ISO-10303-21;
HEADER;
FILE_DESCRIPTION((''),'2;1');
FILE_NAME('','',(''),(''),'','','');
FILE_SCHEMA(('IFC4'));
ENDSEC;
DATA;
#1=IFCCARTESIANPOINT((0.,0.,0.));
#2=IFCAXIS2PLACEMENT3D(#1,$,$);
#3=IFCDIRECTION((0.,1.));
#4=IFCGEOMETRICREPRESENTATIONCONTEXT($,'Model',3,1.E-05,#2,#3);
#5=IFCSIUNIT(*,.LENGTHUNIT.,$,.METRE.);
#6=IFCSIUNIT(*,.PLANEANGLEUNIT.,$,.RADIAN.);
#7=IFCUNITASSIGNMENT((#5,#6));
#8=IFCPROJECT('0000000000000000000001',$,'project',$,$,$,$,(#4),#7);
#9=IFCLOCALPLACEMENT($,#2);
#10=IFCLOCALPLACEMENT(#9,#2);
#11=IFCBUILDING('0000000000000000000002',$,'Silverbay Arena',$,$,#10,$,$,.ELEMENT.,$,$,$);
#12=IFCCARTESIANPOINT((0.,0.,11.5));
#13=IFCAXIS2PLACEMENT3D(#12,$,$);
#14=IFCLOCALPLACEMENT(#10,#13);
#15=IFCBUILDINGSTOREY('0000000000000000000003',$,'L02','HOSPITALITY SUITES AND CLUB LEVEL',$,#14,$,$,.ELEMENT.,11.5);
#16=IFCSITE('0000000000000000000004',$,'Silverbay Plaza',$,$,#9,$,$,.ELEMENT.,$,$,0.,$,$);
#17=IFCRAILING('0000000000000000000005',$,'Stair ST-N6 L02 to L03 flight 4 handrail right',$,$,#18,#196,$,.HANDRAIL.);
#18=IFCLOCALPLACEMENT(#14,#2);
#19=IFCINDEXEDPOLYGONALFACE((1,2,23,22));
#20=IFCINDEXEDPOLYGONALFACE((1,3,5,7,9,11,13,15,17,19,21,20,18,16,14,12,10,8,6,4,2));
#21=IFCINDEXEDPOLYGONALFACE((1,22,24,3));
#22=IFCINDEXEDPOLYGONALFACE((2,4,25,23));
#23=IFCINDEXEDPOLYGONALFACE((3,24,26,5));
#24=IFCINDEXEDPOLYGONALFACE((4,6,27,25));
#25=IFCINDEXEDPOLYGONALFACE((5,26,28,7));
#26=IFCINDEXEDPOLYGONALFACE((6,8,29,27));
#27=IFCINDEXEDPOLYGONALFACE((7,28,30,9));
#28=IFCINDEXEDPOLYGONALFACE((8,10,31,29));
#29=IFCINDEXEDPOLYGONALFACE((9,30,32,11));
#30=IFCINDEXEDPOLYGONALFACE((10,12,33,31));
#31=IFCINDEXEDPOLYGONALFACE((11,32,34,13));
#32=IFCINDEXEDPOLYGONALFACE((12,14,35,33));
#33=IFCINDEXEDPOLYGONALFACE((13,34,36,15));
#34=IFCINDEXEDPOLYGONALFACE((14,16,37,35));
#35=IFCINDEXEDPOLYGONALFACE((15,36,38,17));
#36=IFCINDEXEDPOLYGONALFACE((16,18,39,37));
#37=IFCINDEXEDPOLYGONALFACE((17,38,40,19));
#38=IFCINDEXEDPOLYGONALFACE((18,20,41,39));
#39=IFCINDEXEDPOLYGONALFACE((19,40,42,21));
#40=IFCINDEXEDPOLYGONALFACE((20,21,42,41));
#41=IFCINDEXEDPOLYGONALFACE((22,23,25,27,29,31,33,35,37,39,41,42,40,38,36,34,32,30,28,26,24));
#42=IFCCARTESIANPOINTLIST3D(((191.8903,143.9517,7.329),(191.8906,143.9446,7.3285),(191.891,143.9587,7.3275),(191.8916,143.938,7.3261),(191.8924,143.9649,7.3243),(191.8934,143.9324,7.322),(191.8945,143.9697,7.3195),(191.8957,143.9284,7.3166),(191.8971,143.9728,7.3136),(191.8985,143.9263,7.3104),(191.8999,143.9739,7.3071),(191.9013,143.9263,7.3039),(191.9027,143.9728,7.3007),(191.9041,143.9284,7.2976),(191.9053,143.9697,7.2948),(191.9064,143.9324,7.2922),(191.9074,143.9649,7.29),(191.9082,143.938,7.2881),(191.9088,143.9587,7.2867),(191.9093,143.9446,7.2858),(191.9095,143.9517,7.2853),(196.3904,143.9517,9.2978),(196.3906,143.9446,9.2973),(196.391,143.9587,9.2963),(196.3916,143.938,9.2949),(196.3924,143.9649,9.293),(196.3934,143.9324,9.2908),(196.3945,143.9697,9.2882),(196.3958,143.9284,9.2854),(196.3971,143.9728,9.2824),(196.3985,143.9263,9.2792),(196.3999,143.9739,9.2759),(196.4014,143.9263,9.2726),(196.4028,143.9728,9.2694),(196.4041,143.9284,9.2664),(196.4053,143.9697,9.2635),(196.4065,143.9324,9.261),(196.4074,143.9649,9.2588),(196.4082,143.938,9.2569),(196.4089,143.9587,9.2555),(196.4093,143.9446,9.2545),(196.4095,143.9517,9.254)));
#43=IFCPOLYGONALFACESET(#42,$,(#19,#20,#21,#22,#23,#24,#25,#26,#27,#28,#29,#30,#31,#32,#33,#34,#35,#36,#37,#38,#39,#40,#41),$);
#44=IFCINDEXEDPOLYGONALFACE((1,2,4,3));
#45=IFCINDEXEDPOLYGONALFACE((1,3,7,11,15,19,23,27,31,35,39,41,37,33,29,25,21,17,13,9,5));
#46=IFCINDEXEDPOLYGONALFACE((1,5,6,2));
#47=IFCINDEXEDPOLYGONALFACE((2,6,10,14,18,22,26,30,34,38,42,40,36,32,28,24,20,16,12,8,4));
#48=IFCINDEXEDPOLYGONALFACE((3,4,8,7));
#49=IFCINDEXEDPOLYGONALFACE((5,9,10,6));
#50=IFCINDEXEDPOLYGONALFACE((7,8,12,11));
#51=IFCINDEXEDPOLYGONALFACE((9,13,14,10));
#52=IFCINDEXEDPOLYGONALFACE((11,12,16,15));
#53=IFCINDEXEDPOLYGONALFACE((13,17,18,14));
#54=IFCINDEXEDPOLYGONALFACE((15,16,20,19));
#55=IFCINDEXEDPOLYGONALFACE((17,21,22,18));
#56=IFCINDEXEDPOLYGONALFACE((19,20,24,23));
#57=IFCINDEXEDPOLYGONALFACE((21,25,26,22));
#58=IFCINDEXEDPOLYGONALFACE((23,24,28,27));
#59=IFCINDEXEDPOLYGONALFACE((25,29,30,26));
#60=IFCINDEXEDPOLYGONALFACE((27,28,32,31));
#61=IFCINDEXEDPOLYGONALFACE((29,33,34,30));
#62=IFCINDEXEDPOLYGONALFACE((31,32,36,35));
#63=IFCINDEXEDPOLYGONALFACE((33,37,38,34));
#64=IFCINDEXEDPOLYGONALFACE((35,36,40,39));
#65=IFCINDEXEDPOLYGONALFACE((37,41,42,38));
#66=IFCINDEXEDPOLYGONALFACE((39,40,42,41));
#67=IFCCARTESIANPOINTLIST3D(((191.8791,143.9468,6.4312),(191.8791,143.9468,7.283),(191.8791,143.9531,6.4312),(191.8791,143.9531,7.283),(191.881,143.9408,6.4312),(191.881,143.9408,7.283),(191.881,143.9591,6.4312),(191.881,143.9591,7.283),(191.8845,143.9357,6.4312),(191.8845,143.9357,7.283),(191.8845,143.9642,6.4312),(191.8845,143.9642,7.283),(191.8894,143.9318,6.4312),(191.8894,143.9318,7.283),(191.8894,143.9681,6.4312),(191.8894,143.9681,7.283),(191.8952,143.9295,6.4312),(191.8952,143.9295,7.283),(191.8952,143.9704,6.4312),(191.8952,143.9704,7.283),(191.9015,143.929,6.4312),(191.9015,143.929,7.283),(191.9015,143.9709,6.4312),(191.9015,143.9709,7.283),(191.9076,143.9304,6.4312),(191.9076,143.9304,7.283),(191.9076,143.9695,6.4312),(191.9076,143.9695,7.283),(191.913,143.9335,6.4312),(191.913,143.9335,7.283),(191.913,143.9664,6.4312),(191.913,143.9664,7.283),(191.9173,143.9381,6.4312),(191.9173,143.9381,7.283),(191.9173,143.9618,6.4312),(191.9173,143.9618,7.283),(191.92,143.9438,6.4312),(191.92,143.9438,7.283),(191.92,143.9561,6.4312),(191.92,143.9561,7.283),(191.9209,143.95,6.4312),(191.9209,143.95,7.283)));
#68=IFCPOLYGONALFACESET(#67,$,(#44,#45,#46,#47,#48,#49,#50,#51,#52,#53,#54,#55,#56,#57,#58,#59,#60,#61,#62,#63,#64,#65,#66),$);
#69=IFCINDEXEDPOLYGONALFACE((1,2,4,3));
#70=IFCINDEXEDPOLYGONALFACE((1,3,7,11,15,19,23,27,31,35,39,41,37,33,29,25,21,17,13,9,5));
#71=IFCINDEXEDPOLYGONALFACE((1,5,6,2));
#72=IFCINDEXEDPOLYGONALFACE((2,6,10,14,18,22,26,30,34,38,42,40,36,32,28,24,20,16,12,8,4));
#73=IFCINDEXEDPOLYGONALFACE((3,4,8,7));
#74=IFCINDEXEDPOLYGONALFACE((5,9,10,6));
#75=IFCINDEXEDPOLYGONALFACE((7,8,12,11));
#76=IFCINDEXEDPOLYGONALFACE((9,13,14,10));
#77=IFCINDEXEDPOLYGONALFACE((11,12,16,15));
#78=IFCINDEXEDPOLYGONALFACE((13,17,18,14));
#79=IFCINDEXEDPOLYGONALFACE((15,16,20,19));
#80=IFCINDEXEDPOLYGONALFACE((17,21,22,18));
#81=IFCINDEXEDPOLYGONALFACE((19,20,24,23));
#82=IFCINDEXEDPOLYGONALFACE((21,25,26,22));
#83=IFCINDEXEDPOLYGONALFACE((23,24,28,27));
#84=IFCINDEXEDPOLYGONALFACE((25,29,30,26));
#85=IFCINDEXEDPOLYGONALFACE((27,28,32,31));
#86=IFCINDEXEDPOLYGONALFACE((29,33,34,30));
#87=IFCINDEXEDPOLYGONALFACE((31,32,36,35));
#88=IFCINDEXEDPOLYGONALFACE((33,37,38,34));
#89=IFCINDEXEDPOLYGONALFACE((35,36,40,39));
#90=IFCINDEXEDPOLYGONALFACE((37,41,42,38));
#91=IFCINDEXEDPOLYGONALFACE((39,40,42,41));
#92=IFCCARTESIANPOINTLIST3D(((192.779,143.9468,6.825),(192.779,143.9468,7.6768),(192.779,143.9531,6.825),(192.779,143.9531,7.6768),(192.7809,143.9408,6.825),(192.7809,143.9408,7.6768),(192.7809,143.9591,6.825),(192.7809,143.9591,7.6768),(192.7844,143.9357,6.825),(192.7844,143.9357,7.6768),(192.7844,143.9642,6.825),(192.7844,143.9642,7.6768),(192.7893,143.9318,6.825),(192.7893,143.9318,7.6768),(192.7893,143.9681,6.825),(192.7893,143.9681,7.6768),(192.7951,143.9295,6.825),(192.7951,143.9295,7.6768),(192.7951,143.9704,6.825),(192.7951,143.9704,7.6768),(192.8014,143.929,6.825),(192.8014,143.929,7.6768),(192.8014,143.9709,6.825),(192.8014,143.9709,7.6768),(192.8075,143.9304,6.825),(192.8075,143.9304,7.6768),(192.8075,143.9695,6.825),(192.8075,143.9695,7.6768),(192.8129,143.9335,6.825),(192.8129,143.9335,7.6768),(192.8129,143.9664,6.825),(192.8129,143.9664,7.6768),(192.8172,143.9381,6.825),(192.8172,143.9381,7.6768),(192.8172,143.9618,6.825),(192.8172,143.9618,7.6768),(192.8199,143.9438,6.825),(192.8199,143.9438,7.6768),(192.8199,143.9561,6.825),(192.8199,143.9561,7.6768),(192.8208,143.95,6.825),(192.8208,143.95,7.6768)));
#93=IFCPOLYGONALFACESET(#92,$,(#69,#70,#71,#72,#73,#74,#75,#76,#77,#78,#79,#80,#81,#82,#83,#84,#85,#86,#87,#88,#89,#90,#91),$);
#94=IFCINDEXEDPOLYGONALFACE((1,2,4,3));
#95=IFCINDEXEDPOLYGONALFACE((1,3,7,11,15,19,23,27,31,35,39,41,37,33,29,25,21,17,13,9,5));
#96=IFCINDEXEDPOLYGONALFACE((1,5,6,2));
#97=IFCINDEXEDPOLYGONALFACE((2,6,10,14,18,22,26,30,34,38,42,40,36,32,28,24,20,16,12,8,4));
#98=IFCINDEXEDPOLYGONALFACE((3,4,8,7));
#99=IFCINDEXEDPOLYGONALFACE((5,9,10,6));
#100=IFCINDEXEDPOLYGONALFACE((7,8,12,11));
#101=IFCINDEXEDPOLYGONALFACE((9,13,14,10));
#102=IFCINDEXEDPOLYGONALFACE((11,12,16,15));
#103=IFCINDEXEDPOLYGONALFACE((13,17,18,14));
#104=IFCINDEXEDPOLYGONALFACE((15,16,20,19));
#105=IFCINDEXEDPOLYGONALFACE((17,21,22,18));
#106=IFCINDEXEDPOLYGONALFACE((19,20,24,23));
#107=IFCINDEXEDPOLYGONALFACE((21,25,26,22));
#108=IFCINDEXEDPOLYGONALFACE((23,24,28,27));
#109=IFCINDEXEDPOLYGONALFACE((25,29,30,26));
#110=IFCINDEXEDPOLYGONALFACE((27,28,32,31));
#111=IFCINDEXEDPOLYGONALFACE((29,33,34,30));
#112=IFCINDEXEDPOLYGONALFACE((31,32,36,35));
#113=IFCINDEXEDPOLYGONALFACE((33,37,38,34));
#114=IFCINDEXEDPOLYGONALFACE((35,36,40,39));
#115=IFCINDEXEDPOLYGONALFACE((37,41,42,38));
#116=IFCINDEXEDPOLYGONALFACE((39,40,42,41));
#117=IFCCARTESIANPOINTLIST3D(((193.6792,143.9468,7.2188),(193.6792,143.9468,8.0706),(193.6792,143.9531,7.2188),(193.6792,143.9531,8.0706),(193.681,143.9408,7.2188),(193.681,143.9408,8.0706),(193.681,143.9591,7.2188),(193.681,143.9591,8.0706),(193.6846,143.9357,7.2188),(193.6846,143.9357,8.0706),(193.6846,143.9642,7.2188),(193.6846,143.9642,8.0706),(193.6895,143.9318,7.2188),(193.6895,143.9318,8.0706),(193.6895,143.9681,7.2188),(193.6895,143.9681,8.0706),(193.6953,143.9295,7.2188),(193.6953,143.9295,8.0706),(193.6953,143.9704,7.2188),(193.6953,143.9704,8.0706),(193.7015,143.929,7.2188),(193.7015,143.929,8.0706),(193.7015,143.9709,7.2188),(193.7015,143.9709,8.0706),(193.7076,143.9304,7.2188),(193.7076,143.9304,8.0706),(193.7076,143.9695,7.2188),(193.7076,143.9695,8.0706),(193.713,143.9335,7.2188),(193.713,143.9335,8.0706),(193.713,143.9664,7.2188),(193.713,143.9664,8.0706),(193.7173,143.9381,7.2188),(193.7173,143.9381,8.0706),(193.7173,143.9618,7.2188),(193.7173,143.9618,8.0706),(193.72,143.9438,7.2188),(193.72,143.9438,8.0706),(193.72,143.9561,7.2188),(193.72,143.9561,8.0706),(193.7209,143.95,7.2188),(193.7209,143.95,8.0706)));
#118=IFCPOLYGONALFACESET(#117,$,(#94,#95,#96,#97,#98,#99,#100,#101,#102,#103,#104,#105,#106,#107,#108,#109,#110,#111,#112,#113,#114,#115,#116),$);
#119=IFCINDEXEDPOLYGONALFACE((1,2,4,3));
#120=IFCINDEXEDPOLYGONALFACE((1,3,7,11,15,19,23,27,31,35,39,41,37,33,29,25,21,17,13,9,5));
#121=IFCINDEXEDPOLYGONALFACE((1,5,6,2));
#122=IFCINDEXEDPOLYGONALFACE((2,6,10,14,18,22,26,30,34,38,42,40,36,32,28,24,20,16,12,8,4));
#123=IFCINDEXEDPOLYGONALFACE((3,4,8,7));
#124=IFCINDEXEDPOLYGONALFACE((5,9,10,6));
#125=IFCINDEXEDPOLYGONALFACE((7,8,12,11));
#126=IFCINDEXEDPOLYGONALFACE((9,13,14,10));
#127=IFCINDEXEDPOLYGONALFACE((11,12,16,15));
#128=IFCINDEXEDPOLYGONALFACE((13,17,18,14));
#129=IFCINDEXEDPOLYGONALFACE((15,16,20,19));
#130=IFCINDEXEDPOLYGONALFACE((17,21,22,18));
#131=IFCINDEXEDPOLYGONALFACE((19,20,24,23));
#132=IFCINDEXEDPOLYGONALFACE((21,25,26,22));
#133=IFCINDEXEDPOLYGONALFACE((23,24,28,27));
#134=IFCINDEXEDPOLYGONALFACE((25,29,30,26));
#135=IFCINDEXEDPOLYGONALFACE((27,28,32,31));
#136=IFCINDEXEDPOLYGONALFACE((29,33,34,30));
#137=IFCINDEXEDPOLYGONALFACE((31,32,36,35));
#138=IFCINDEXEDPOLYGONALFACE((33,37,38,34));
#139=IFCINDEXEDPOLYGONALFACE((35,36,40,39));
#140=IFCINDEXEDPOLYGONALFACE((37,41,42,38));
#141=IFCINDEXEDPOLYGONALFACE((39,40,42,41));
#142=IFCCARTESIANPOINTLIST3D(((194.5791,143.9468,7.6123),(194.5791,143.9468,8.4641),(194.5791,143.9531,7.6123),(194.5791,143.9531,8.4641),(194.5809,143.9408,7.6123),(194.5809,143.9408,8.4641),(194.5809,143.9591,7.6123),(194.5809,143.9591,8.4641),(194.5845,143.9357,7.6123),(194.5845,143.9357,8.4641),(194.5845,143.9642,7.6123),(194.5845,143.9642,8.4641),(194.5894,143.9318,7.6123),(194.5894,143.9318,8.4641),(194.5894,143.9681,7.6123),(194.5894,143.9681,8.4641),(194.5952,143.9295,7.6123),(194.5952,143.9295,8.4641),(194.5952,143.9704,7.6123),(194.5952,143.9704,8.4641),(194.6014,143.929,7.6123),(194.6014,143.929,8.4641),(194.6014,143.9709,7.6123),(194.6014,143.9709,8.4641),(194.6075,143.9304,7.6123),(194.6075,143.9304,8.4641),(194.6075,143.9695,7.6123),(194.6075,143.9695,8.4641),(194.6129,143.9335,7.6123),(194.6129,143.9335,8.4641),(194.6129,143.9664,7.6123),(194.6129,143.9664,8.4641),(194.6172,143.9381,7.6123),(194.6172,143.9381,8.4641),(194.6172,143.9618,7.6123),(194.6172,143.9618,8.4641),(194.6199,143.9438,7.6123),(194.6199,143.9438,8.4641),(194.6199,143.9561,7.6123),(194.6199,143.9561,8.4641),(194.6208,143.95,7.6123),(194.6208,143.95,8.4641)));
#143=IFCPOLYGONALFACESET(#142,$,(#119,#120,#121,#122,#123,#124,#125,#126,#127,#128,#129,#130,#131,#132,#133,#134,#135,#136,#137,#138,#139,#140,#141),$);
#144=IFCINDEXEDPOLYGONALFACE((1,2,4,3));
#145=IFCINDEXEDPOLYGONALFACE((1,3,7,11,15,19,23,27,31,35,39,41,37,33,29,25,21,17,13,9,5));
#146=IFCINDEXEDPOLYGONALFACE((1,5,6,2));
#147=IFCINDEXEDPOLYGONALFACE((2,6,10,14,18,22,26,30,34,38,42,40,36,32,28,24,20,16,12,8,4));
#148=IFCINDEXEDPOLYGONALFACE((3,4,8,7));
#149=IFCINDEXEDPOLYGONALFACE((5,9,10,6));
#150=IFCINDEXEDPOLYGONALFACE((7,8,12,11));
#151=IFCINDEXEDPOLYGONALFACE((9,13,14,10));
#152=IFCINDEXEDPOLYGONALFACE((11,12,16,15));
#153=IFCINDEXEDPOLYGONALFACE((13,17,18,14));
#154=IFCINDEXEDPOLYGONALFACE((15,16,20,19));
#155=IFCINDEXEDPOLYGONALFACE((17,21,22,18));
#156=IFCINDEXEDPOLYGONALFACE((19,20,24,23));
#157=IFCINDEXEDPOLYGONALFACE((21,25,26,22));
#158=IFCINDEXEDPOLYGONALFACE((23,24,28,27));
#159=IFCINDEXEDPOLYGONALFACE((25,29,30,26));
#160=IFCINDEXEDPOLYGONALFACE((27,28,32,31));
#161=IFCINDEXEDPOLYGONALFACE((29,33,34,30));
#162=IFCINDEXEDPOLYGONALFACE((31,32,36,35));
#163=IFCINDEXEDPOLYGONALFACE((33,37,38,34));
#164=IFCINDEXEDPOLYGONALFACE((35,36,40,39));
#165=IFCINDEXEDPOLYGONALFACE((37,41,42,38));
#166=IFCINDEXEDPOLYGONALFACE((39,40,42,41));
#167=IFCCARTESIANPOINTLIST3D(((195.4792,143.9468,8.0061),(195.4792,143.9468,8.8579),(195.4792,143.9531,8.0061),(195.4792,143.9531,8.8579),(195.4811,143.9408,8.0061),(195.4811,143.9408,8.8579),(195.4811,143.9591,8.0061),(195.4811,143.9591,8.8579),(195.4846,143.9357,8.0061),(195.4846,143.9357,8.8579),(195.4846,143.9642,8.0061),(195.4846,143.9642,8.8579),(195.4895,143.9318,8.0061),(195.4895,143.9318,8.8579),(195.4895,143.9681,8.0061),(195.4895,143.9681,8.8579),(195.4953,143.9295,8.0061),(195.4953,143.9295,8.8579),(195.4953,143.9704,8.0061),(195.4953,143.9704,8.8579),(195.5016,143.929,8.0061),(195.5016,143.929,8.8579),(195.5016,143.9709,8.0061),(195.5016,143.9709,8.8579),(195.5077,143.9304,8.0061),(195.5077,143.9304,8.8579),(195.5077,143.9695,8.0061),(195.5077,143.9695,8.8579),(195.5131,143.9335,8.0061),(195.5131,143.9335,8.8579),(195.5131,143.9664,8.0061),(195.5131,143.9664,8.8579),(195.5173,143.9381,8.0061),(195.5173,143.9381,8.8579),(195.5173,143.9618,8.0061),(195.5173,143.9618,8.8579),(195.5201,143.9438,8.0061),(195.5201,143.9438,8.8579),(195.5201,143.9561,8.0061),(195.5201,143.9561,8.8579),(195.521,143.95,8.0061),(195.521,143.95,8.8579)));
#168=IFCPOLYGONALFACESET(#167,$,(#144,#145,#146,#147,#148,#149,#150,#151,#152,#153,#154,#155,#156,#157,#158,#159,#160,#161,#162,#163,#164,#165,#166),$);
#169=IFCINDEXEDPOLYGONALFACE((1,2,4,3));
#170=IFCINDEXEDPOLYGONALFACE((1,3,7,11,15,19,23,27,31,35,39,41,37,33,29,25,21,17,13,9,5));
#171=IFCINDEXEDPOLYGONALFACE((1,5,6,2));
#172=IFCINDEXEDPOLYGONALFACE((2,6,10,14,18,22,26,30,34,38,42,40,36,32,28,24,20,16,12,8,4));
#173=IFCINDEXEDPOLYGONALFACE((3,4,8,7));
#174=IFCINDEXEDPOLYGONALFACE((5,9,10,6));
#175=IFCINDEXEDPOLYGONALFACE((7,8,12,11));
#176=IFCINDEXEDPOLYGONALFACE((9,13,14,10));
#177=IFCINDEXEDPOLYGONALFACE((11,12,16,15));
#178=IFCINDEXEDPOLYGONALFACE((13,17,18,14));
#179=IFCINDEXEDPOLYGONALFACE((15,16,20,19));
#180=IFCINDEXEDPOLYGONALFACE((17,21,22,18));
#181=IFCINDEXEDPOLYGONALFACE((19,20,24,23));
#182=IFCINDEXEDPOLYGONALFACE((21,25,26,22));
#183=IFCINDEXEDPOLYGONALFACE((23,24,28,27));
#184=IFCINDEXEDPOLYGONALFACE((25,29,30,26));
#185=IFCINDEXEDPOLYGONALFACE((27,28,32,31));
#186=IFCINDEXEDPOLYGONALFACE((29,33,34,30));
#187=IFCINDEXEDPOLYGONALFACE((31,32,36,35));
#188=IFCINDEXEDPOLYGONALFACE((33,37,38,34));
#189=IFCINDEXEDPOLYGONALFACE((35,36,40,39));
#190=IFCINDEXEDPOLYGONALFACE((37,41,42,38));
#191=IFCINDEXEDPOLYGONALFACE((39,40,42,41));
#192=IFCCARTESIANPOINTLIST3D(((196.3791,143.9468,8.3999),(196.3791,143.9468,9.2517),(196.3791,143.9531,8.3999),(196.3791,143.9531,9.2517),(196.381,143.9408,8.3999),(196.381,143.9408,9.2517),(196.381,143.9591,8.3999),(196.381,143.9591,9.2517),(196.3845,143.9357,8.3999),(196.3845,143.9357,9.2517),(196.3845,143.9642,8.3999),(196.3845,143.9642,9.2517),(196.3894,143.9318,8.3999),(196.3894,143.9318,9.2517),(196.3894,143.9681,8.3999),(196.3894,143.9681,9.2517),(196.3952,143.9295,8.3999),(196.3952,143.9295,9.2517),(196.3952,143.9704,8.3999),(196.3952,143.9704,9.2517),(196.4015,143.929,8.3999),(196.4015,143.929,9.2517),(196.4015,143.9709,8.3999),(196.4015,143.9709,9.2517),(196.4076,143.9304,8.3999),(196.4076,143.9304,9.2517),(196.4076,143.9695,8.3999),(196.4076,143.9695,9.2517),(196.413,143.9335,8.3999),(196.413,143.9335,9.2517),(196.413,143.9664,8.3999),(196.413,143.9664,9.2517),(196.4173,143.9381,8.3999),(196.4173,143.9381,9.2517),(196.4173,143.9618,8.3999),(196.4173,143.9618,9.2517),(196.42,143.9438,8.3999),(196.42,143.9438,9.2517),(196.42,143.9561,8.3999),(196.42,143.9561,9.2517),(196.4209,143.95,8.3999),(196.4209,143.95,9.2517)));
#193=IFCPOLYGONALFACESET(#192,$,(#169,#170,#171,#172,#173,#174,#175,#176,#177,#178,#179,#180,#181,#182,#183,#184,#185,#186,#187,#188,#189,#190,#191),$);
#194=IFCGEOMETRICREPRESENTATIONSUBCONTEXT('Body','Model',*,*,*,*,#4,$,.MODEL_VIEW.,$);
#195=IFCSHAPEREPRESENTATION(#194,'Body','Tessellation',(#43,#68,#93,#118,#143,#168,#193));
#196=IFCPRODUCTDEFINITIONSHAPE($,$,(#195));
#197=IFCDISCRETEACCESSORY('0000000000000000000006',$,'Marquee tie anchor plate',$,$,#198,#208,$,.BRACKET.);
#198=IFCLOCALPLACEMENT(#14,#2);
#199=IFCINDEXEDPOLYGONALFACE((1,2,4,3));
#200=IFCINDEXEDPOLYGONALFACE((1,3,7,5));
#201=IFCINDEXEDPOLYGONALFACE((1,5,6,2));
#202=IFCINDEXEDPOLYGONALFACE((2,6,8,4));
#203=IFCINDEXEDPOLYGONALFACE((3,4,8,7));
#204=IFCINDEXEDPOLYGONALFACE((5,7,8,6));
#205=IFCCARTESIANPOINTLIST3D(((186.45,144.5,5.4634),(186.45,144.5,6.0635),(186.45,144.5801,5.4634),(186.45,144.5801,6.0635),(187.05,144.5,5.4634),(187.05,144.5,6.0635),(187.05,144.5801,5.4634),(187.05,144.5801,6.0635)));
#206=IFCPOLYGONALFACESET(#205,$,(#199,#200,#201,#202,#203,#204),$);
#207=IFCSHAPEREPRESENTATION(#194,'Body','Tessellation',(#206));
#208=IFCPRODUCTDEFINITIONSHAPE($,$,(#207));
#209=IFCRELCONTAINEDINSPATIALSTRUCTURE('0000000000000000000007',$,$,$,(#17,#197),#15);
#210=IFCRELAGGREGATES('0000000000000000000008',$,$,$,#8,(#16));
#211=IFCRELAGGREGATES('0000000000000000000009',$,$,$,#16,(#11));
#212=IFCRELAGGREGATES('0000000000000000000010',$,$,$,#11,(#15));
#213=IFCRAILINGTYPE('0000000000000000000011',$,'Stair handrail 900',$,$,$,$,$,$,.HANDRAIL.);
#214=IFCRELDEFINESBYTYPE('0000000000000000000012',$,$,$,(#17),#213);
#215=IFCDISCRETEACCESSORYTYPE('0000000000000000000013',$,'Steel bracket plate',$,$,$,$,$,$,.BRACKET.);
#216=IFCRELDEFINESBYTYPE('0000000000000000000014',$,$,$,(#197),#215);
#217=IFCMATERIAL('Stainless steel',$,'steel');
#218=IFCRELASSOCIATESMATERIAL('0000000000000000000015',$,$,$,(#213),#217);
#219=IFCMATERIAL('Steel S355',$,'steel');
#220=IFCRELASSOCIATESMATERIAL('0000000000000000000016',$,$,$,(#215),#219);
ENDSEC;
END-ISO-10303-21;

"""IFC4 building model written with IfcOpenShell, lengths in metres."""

from ifc_helpers import new_model, si_unit, direction, frame, origin, origin_2d, place, context, subcontext, project, spatial, rectangle, circle, extrude, material, type_object, element, save


model = new_model("IFC4")

# Units and contexts
model_context = context("Model", 3, precision=1e-05, world=origin(), true_north=direction((0.0, 1.0)))
body_context = subcontext(model_context, "Body", "Model", "MODEL_VIEW")
ifc_project = project(units=[si_unit("LENGTHUNIT", "METRE"), si_unit("PLANEANGLEUNIT", "RADIAN")], contexts=[model_context])

# Site, building, storey
site_placement = place(None, origin())
site = spatial("IfcSite", under=ifc_project, at=site_placement, Name="Silverbay Plaza", CompositionType="ELEMENT", RefElevation=0.0)
building_placement = place(site_placement, origin())
building = spatial("IfcBuilding", under=site, at=building_placement, Name="Silverbay Arena", CompositionType="ELEMENT")
storey_placement = place(building_placement, frame((0.0, 0.0, 11.5)))
storey = spatial("IfcBuildingStorey", under=building, at=storey_placement, Name="L02", Description="HOSPITALITY SUITES AND CLUB LEVEL", CompositionType="ELEMENT", Elevation=11.5)

# Railing
ifc_material_1 = material(Name="Stainless steel", Category="steel")
railing_type_1 = type_object("IfcRailingType", Name="Stair handrail 900", PredefinedType="HANDRAIL", material=ifc_material_1)
for number, where, name in (
    (1, (191.8999, 143.95, 6.4312), "Stair ST-N6 L02 to L03 flight 4 handrail right"),
):
    element("IfcRailing", number, at=place(storey_placement, frame(where)), inside=storey, type_object=railing_type_1, Name=name, PredefinedType="HANDRAIL", context=body_context, shape_type="SweptSolid", body=[
        extrude(circle(Radius=0.0239, at=origin_2d()), frame((0.0, 0.0, 0.876), z_axis=(0.916157, 0.0, 0.400819), x_axis=(0.0, 1.0, 0.0)), (0.0, 0.0, 1.0), 4.9119),
        extrude(circle(Radius=0.021, at=origin_2d()), origin(), (0.0, 0.0, 1.0), 0.8518),
        extrude(circle(Radius=0.021, at=origin_2d()), frame((0.8999, 0.0, 0.3938)), (0.0, 0.0, 1.0), 0.8518),
        extrude(circle(Radius=0.021, at=origin_2d()), frame((1.8, 0.0, 0.7876)), (0.0, 0.0, 1.0), 0.8518),
        extrude(circle(Radius=0.021, at=origin_2d()), frame((2.7, 0.0, 1.1812)), (0.0, 0.0, 1.0), 0.8518),
        extrude(circle(Radius=0.021, at=origin_2d()), frame((3.6001, 0.0, 1.575)), (0.0, 0.0, 1.0), 0.8518),
        extrude(circle(Radius=0.021, at=origin_2d()), frame((4.5, 0.0, 1.9688)), (0.0, 0.0, 1.0), 0.8518),
    ])

# Discrete accessory
ifc_material_2 = material(Name="Steel S355", Category="steel")
discrete_accessory_type = type_object("IfcDiscreteAccessoryType", Name="Steel bracket plate", PredefinedType="BRACKET", material=ifc_material_2)
discrete_accessory_placement = place(storey_placement, frame((186.75, 144.54, 5.4634), z_axis=(0.0, 0.0, 1.0), x_axis=(1.0, 0.0, 0.0)))
element("IfcDiscreteAccessory", 2, at=discrete_accessory_placement, inside=storey, type_object=discrete_accessory_type, Name="Marquee tie anchor plate", PredefinedType="BRACKET", context=body_context, shape_type="SweptSolid", body=[
    extrude(rectangle(XDim=0.6001, YDim=0.0801, at=origin_2d()), origin(), (0.0, 0.0, 1.0), 0.6001),
])

save(model, "model.ifc")
